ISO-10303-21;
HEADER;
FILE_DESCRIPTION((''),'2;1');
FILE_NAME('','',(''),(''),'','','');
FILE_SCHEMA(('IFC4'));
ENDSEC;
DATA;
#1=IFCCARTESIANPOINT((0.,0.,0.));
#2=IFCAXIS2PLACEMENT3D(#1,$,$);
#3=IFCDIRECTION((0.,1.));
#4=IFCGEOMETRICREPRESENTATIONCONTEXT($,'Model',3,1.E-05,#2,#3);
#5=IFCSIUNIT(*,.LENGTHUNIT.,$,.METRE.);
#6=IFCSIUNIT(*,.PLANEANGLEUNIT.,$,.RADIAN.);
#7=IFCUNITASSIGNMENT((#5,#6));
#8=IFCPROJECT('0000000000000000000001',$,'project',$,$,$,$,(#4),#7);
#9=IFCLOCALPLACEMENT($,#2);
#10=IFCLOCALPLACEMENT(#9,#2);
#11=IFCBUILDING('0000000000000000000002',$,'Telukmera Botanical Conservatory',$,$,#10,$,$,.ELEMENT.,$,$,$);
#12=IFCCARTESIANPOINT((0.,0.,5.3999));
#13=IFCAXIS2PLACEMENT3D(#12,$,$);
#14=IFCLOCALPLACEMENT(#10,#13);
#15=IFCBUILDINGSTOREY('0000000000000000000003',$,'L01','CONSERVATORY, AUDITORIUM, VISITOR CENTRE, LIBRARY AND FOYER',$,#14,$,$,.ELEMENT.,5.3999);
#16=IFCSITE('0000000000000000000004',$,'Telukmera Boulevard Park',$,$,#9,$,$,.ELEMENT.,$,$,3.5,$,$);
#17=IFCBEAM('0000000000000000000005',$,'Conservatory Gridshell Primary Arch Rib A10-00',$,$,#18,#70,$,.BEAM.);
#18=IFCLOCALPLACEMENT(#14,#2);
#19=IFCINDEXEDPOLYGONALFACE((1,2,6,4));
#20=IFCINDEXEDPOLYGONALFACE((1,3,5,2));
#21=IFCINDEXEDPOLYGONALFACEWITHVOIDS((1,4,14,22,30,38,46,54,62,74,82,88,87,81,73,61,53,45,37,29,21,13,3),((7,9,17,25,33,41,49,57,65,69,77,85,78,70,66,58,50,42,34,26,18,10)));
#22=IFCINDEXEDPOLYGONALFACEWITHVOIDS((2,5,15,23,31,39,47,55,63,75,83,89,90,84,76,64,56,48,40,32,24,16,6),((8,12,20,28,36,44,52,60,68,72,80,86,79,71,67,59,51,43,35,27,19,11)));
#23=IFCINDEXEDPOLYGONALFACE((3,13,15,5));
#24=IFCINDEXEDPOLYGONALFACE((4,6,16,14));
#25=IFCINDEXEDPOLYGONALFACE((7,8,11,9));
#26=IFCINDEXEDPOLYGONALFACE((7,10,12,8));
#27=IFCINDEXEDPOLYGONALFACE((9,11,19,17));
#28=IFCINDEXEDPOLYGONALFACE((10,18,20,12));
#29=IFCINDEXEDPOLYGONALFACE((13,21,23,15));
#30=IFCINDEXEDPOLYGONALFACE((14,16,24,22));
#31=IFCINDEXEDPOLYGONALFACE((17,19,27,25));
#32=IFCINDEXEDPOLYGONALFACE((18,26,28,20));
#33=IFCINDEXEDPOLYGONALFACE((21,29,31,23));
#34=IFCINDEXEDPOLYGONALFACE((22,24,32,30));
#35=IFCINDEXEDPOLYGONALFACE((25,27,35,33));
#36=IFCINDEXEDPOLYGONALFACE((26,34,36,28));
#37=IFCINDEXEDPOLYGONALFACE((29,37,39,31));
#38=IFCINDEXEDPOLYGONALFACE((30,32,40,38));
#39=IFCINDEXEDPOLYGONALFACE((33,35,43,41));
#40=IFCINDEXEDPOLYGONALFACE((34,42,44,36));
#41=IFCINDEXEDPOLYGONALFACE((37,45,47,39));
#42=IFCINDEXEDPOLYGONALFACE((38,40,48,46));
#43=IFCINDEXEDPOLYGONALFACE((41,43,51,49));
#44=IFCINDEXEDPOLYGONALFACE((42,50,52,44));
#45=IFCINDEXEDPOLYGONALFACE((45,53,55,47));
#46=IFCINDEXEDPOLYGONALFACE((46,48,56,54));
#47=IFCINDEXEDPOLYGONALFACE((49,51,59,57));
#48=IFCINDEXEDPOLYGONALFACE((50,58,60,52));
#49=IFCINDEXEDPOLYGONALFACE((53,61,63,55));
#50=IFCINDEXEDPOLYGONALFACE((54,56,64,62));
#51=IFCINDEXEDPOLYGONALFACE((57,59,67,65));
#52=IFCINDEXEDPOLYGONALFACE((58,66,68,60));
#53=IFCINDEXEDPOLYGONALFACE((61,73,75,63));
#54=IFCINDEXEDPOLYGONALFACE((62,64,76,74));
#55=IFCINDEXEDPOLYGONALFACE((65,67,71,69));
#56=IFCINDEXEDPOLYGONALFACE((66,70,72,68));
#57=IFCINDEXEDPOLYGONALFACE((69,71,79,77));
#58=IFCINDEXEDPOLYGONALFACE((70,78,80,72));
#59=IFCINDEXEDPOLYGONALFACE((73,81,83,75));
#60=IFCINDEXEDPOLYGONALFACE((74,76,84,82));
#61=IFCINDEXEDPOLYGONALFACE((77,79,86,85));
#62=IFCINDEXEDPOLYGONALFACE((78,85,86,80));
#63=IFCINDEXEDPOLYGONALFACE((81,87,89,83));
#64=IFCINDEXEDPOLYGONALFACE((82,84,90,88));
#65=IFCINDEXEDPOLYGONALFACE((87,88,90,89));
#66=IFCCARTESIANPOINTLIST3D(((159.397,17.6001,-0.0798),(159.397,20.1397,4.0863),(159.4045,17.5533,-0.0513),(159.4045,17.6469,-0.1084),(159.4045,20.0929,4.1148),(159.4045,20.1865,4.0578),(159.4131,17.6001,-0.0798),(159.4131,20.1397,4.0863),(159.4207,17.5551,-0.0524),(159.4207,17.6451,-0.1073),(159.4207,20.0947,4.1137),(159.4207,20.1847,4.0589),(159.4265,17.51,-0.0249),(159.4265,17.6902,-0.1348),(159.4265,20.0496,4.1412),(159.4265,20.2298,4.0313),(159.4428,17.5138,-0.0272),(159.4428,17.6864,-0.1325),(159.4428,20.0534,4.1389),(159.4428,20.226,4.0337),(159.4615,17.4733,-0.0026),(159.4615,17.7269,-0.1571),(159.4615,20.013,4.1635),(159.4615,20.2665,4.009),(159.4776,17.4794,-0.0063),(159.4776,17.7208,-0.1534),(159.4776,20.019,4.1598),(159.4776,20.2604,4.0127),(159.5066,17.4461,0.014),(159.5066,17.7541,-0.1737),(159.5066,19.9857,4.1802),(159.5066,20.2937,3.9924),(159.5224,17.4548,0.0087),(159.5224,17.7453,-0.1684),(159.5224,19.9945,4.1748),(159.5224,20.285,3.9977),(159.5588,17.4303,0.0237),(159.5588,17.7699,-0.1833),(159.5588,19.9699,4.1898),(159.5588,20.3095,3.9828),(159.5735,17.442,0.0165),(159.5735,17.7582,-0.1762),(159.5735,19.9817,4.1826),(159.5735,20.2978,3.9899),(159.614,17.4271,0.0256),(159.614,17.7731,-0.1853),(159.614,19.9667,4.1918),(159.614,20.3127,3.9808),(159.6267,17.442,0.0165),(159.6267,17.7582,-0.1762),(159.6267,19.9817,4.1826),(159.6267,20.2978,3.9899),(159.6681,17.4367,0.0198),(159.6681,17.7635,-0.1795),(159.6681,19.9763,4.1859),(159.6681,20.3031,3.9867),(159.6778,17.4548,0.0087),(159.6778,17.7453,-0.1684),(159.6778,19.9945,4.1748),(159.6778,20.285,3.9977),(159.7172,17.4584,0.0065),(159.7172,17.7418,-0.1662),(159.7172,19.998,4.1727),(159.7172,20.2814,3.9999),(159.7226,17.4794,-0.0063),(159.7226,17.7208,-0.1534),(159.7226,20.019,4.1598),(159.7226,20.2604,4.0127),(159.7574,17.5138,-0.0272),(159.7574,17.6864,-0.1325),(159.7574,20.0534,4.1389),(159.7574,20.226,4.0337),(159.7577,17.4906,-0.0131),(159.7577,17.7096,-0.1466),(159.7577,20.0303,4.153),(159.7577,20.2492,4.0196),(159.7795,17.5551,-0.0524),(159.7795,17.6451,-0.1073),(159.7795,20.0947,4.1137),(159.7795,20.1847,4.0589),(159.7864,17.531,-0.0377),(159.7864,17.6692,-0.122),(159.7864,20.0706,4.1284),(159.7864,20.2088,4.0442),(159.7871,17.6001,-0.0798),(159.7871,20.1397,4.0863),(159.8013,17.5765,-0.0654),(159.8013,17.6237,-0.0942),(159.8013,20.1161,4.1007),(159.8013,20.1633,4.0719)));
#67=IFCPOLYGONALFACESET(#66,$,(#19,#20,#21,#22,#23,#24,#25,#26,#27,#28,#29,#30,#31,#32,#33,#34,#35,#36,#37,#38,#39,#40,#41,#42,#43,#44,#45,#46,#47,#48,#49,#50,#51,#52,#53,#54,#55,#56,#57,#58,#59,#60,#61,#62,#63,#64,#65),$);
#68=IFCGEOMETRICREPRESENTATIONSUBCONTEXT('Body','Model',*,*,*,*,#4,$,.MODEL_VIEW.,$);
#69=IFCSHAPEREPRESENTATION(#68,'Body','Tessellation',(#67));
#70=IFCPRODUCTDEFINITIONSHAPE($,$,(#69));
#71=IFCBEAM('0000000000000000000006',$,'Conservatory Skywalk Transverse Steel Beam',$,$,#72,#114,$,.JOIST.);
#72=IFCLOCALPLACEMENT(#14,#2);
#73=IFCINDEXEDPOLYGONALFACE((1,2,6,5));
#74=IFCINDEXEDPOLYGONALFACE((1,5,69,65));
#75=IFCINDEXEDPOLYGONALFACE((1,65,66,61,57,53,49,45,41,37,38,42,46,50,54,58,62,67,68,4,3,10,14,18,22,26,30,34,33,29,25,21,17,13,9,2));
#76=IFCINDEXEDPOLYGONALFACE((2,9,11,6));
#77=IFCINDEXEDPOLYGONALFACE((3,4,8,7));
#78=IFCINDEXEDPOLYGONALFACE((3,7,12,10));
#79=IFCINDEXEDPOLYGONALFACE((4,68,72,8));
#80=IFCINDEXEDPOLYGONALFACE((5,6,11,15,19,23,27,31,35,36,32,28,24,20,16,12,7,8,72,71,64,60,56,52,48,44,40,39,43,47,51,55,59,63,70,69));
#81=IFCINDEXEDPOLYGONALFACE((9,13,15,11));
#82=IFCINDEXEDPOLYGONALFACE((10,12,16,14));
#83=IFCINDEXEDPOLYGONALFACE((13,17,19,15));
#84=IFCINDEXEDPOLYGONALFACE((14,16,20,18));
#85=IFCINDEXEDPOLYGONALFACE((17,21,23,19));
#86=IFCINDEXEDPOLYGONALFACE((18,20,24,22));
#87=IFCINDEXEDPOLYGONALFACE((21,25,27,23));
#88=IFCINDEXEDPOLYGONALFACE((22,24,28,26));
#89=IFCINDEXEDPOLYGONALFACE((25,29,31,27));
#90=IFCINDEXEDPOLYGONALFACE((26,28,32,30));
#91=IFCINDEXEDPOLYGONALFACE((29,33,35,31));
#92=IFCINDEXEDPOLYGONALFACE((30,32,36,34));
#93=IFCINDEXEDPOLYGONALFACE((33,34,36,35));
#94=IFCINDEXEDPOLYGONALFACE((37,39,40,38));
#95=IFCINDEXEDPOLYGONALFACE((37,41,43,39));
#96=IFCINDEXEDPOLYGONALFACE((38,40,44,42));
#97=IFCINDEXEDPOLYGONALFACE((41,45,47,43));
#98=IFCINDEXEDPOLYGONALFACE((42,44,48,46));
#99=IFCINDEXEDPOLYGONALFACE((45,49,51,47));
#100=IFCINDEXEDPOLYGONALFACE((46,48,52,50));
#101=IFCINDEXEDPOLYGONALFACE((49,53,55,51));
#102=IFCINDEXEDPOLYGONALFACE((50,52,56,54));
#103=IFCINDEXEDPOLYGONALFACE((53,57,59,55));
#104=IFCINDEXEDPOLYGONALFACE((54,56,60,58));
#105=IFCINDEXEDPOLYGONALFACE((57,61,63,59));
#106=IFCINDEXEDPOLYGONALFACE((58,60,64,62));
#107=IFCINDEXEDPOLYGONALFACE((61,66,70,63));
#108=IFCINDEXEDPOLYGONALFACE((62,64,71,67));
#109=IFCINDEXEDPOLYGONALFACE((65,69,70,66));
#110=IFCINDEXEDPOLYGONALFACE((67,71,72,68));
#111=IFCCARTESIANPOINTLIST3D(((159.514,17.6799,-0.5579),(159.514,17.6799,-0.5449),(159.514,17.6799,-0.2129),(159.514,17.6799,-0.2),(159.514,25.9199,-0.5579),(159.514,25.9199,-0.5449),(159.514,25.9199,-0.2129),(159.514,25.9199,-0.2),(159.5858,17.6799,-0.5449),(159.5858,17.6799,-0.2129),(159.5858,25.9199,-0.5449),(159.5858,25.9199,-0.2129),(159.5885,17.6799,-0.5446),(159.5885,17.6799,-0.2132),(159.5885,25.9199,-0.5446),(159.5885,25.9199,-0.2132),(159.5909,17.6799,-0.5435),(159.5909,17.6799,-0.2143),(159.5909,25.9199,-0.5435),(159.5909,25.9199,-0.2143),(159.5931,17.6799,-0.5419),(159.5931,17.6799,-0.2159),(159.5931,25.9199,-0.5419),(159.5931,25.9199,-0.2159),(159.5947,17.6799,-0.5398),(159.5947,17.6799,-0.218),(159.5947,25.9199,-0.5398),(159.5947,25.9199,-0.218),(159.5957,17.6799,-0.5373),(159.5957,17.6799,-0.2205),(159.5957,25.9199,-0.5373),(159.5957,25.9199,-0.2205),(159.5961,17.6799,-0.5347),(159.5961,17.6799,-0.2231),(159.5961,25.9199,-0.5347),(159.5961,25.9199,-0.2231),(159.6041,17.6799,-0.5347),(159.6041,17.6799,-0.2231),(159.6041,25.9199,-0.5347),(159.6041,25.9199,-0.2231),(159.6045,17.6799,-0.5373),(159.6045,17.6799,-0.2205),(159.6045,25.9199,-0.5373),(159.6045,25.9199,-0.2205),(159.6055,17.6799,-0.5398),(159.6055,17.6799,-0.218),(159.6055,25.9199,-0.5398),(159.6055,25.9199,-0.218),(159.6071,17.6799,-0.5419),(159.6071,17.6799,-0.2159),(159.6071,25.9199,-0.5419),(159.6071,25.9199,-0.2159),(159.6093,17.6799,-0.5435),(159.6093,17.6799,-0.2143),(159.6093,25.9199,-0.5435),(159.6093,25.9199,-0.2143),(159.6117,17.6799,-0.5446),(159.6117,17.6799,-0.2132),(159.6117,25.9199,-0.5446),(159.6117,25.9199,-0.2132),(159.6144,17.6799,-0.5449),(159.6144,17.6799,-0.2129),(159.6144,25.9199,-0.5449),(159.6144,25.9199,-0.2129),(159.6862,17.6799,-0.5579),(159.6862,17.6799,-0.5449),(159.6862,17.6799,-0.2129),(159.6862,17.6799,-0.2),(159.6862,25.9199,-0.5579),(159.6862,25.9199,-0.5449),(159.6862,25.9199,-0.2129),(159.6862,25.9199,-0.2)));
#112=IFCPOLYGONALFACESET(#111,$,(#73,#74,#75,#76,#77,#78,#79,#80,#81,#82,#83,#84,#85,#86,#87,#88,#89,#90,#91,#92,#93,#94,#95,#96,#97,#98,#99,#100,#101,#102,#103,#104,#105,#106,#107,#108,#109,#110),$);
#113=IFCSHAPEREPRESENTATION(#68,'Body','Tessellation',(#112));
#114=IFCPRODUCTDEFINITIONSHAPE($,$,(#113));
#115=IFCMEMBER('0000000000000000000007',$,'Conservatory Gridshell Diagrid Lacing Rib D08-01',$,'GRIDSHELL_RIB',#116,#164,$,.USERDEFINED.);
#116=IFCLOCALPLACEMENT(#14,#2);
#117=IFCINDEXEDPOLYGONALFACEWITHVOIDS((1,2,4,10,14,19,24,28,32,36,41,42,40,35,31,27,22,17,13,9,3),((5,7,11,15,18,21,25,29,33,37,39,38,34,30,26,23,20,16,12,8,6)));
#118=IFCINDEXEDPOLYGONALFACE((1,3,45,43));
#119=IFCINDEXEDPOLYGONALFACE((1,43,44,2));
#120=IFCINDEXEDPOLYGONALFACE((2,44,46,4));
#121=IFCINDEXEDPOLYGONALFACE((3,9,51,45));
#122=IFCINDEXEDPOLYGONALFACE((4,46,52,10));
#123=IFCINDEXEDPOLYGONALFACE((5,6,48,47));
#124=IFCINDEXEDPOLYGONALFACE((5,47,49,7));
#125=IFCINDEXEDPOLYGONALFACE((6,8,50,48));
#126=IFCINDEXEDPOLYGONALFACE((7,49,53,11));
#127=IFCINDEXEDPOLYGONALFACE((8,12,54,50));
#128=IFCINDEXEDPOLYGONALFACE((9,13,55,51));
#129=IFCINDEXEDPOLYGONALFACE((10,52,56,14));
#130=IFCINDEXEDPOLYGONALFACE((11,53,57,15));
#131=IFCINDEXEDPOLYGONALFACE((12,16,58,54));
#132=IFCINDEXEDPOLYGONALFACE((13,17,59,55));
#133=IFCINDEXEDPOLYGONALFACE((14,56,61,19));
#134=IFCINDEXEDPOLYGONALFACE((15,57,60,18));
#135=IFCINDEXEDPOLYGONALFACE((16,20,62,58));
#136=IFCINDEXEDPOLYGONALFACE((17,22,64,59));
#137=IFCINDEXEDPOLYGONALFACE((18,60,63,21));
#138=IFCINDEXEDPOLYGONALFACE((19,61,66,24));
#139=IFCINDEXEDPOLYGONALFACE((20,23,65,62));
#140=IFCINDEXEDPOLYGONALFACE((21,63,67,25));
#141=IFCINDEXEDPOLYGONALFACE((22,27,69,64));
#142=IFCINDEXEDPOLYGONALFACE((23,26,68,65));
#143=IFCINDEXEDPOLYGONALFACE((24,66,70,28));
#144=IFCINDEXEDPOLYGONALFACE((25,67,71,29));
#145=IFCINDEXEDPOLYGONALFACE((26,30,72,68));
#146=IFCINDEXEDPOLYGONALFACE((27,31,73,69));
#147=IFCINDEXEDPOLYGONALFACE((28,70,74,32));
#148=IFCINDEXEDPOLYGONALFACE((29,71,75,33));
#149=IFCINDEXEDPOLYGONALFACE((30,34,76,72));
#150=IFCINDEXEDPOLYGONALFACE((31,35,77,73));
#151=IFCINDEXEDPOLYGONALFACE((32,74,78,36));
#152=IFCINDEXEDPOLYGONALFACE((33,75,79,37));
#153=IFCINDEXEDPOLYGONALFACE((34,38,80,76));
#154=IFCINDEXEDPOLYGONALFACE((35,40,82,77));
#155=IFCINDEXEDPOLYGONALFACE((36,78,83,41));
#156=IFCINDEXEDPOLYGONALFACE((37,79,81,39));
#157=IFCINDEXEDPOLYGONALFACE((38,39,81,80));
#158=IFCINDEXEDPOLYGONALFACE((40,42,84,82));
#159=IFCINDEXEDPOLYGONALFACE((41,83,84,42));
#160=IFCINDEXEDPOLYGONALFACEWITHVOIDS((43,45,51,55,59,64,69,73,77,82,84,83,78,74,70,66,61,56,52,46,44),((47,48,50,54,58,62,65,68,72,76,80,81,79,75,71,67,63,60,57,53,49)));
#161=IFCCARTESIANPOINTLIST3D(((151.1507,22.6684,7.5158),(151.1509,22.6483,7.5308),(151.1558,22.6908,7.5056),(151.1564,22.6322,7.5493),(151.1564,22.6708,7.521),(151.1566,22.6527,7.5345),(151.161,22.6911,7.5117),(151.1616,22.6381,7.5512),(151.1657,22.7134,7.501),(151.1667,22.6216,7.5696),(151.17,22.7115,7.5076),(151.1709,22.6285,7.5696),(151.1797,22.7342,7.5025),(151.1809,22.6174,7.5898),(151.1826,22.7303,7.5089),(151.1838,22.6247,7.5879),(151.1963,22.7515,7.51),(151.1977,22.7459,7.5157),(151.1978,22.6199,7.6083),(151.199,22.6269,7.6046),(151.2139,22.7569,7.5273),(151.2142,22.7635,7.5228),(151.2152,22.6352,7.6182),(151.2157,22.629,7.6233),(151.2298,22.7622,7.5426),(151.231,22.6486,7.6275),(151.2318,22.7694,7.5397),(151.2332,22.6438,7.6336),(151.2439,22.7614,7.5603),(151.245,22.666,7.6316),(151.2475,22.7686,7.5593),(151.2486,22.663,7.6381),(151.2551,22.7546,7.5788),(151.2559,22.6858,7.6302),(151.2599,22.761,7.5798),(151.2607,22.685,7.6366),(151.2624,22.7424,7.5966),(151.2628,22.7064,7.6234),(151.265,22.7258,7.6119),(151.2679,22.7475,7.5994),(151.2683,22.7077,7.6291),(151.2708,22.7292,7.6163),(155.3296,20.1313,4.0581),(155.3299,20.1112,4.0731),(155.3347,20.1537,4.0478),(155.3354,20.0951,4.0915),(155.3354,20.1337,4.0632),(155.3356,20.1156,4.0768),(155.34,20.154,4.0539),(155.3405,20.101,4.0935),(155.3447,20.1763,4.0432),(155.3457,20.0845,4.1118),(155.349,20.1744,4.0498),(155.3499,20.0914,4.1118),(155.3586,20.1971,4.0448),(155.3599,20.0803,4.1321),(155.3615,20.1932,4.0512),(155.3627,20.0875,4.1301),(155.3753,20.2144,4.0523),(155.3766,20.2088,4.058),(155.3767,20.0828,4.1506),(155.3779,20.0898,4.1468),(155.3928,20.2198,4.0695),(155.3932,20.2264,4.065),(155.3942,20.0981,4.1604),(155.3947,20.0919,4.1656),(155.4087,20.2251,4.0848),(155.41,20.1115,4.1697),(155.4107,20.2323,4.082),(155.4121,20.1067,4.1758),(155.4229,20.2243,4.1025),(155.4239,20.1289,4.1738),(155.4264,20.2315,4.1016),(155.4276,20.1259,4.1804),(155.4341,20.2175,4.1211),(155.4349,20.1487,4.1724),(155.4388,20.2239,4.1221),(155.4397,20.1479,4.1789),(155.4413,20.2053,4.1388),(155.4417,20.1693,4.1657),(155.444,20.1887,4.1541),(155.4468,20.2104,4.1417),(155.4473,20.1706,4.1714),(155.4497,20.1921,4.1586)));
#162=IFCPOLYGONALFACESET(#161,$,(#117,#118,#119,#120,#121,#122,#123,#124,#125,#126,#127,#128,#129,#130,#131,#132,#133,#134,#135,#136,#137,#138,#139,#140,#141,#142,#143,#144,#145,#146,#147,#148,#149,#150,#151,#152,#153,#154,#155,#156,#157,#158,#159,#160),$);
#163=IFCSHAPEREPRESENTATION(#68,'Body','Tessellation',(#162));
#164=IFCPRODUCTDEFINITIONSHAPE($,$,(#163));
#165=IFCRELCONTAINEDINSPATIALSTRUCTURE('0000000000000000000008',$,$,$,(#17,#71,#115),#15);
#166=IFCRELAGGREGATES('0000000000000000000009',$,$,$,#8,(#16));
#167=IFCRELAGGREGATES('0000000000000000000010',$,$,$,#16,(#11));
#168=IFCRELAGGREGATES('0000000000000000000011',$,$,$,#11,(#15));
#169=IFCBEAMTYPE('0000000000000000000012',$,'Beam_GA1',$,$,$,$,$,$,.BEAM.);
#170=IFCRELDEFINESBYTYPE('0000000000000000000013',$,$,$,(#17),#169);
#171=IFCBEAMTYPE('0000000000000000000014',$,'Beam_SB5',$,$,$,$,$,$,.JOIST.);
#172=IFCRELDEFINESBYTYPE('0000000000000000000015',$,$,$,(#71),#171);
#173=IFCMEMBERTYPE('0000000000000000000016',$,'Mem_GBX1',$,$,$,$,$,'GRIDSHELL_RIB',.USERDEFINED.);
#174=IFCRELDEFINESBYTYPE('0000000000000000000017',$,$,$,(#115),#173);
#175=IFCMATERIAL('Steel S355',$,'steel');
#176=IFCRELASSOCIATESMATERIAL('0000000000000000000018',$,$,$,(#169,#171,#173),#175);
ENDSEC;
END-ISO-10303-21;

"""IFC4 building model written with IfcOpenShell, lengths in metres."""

from ifc_helpers import new_model, si_unit, direction, frame, origin, origin_2d, place, context, subcontext, project, spatial, hollow_circle, i_section, extrude, material, material_profile, profile_set, type_object, element, save


model = new_model("IFC4")

# Units and contexts
model_context = context("Model", 3, precision=1e-05, world=origin(), true_north=direction((0.0, 1.0)))
body_context = subcontext(model_context, "Body", "Model", "MODEL_VIEW")
ifc_project = project(units=[si_unit("LENGTHUNIT", "METRE"), si_unit("PLANEANGLEUNIT", "RADIAN")], contexts=[model_context])

# Site, building, storey
site_placement = place(None, origin())
site = spatial("IfcSite", under=ifc_project, at=site_placement, Name="Telukmera Boulevard Park", CompositionType="ELEMENT", RefElevation=3.5)
building_placement = place(site_placement, origin())
building = spatial("IfcBuilding", under=site, at=building_placement, Name="Telukmera Botanical Conservatory", CompositionType="ELEMENT")
storey_placement = place(building_placement, frame((0.0, 0.0, 5.3999)))
storey = spatial("IfcBuildingStorey", under=building, at=storey_placement, Name="L01", Description="CONSERVATORY, AUDITORIUM, VISITOR CENTRE, LIBRARY AND FOYER", CompositionType="ELEMENT", Elevation=5.3999)

# Beams
ifc_material_1 = material(Name="Steel S355", Category="steel")
ifc_material_profile_1 = material_profile(ifc_material_1, hollow_circle(Radius=0.2031, WallThickness=0.0161, at=origin_2d()), Name="CHS 406.4x16.0")
ifc_profile_set_1 = profile_set([ifc_material_profile_1], Name="Steel S355")
beam_type_1 = type_object("IfcBeamType", Name="Beam_GA1", PredefinedType="BEAM", material=ifc_profile_set_1)
beam_1_placement = place(storey_placement, frame((159.6001, 17.6001, -0.0798), z_axis=(0.0, 0.520502, 0.85386), x_axis=(-1.0, 0.0, 0.0)))
element("IfcBeam", 1, at=beam_1_placement, inside=storey, type_object=beam_type_1, Name="Conservatory Gridshell Primary Arch Rib A10-00", PredefinedType="BEAM", context=body_context, shape_type="SweptSolid", body=[
    extrude(hollow_circle(Radius=0.2031, WallThickness=0.0161, at=origin_2d()), origin(), (0.0, 0.0, 1.0), 4.8792),
])
ifc_material_profile_2 = material_profile(ifc_material_1, i_section(OverallWidth=0.1721, OverallDepth=0.3579, WebThickness=0.0081, FlangeThickness=0.0129, FilletRadius=0.0103, at=origin_2d()), Name="UB 356x171x57")
ifc_profile_set_2 = profile_set([ifc_material_profile_2], Name="Steel S355")
beam_type_2 = type_object("IfcBeamType", Name="Beam_SB5", PredefinedType="JOIST", material=ifc_profile_set_2)
beam_2_placement = place(storey_placement, frame((159.6001, 17.6799, -0.3789), z_axis=(0.0, 1.0, 0.0), x_axis=(-1.0, 0.0, 0.0)))
element("IfcBeam", 2, at=beam_2_placement, inside=storey, type_object=beam_type_2, Name="Conservatory Skywalk Transverse Steel Beam", PredefinedType="JOIST", context=body_context, shape_type="SweptSolid", body=[
    extrude(i_section(OverallWidth=0.1721, OverallDepth=0.3579, WebThickness=0.0081, FlangeThickness=0.0129, FilletRadius=0.0103, at=origin_2d()), origin(), (0.0, 0.0, 1.0), 8.24),
])

# Member
ifc_material_profile_3 = material_profile(ifc_material_1, hollow_circle(Radius=0.0842, WallThickness=0.0081, at=origin_2d()), Name="CHS 168.3x8.0")
ifc_profile_set_3 = profile_set([ifc_material_profile_3], Name="Steel S355")
member_type_1 = type_object("IfcMemberType", Name="Mem_GBX1", ElementType="GRIDSHELL_RIB", PredefinedType="USERDEFINED", material=ifc_profile_set_3)
member_1_placement = place(storey_placement, frame((155.3894, 20.1565, 4.1118), z_axis=(-0.697883, 0.423696, 0.577444), x_axis=(-0.518961, -0.854798, 0.0)))
element("IfcMember", 3, at=member_1_placement, inside=storey, type_object=member_type_1, Name="Conservatory Gridshell Diagrid Lacing Rib D08-01", ObjectType="GRIDSHELL_RIB", PredefinedType="USERDEFINED", context=body_context, shape_type="SweptSolid", body=[
    extrude(hollow_circle(Radius=0.0842, WallThickness=0.0081, at=origin_2d()), origin(), (0.0, 0.0, 1.0), 5.988),
])

save(model, "model.ifc")
